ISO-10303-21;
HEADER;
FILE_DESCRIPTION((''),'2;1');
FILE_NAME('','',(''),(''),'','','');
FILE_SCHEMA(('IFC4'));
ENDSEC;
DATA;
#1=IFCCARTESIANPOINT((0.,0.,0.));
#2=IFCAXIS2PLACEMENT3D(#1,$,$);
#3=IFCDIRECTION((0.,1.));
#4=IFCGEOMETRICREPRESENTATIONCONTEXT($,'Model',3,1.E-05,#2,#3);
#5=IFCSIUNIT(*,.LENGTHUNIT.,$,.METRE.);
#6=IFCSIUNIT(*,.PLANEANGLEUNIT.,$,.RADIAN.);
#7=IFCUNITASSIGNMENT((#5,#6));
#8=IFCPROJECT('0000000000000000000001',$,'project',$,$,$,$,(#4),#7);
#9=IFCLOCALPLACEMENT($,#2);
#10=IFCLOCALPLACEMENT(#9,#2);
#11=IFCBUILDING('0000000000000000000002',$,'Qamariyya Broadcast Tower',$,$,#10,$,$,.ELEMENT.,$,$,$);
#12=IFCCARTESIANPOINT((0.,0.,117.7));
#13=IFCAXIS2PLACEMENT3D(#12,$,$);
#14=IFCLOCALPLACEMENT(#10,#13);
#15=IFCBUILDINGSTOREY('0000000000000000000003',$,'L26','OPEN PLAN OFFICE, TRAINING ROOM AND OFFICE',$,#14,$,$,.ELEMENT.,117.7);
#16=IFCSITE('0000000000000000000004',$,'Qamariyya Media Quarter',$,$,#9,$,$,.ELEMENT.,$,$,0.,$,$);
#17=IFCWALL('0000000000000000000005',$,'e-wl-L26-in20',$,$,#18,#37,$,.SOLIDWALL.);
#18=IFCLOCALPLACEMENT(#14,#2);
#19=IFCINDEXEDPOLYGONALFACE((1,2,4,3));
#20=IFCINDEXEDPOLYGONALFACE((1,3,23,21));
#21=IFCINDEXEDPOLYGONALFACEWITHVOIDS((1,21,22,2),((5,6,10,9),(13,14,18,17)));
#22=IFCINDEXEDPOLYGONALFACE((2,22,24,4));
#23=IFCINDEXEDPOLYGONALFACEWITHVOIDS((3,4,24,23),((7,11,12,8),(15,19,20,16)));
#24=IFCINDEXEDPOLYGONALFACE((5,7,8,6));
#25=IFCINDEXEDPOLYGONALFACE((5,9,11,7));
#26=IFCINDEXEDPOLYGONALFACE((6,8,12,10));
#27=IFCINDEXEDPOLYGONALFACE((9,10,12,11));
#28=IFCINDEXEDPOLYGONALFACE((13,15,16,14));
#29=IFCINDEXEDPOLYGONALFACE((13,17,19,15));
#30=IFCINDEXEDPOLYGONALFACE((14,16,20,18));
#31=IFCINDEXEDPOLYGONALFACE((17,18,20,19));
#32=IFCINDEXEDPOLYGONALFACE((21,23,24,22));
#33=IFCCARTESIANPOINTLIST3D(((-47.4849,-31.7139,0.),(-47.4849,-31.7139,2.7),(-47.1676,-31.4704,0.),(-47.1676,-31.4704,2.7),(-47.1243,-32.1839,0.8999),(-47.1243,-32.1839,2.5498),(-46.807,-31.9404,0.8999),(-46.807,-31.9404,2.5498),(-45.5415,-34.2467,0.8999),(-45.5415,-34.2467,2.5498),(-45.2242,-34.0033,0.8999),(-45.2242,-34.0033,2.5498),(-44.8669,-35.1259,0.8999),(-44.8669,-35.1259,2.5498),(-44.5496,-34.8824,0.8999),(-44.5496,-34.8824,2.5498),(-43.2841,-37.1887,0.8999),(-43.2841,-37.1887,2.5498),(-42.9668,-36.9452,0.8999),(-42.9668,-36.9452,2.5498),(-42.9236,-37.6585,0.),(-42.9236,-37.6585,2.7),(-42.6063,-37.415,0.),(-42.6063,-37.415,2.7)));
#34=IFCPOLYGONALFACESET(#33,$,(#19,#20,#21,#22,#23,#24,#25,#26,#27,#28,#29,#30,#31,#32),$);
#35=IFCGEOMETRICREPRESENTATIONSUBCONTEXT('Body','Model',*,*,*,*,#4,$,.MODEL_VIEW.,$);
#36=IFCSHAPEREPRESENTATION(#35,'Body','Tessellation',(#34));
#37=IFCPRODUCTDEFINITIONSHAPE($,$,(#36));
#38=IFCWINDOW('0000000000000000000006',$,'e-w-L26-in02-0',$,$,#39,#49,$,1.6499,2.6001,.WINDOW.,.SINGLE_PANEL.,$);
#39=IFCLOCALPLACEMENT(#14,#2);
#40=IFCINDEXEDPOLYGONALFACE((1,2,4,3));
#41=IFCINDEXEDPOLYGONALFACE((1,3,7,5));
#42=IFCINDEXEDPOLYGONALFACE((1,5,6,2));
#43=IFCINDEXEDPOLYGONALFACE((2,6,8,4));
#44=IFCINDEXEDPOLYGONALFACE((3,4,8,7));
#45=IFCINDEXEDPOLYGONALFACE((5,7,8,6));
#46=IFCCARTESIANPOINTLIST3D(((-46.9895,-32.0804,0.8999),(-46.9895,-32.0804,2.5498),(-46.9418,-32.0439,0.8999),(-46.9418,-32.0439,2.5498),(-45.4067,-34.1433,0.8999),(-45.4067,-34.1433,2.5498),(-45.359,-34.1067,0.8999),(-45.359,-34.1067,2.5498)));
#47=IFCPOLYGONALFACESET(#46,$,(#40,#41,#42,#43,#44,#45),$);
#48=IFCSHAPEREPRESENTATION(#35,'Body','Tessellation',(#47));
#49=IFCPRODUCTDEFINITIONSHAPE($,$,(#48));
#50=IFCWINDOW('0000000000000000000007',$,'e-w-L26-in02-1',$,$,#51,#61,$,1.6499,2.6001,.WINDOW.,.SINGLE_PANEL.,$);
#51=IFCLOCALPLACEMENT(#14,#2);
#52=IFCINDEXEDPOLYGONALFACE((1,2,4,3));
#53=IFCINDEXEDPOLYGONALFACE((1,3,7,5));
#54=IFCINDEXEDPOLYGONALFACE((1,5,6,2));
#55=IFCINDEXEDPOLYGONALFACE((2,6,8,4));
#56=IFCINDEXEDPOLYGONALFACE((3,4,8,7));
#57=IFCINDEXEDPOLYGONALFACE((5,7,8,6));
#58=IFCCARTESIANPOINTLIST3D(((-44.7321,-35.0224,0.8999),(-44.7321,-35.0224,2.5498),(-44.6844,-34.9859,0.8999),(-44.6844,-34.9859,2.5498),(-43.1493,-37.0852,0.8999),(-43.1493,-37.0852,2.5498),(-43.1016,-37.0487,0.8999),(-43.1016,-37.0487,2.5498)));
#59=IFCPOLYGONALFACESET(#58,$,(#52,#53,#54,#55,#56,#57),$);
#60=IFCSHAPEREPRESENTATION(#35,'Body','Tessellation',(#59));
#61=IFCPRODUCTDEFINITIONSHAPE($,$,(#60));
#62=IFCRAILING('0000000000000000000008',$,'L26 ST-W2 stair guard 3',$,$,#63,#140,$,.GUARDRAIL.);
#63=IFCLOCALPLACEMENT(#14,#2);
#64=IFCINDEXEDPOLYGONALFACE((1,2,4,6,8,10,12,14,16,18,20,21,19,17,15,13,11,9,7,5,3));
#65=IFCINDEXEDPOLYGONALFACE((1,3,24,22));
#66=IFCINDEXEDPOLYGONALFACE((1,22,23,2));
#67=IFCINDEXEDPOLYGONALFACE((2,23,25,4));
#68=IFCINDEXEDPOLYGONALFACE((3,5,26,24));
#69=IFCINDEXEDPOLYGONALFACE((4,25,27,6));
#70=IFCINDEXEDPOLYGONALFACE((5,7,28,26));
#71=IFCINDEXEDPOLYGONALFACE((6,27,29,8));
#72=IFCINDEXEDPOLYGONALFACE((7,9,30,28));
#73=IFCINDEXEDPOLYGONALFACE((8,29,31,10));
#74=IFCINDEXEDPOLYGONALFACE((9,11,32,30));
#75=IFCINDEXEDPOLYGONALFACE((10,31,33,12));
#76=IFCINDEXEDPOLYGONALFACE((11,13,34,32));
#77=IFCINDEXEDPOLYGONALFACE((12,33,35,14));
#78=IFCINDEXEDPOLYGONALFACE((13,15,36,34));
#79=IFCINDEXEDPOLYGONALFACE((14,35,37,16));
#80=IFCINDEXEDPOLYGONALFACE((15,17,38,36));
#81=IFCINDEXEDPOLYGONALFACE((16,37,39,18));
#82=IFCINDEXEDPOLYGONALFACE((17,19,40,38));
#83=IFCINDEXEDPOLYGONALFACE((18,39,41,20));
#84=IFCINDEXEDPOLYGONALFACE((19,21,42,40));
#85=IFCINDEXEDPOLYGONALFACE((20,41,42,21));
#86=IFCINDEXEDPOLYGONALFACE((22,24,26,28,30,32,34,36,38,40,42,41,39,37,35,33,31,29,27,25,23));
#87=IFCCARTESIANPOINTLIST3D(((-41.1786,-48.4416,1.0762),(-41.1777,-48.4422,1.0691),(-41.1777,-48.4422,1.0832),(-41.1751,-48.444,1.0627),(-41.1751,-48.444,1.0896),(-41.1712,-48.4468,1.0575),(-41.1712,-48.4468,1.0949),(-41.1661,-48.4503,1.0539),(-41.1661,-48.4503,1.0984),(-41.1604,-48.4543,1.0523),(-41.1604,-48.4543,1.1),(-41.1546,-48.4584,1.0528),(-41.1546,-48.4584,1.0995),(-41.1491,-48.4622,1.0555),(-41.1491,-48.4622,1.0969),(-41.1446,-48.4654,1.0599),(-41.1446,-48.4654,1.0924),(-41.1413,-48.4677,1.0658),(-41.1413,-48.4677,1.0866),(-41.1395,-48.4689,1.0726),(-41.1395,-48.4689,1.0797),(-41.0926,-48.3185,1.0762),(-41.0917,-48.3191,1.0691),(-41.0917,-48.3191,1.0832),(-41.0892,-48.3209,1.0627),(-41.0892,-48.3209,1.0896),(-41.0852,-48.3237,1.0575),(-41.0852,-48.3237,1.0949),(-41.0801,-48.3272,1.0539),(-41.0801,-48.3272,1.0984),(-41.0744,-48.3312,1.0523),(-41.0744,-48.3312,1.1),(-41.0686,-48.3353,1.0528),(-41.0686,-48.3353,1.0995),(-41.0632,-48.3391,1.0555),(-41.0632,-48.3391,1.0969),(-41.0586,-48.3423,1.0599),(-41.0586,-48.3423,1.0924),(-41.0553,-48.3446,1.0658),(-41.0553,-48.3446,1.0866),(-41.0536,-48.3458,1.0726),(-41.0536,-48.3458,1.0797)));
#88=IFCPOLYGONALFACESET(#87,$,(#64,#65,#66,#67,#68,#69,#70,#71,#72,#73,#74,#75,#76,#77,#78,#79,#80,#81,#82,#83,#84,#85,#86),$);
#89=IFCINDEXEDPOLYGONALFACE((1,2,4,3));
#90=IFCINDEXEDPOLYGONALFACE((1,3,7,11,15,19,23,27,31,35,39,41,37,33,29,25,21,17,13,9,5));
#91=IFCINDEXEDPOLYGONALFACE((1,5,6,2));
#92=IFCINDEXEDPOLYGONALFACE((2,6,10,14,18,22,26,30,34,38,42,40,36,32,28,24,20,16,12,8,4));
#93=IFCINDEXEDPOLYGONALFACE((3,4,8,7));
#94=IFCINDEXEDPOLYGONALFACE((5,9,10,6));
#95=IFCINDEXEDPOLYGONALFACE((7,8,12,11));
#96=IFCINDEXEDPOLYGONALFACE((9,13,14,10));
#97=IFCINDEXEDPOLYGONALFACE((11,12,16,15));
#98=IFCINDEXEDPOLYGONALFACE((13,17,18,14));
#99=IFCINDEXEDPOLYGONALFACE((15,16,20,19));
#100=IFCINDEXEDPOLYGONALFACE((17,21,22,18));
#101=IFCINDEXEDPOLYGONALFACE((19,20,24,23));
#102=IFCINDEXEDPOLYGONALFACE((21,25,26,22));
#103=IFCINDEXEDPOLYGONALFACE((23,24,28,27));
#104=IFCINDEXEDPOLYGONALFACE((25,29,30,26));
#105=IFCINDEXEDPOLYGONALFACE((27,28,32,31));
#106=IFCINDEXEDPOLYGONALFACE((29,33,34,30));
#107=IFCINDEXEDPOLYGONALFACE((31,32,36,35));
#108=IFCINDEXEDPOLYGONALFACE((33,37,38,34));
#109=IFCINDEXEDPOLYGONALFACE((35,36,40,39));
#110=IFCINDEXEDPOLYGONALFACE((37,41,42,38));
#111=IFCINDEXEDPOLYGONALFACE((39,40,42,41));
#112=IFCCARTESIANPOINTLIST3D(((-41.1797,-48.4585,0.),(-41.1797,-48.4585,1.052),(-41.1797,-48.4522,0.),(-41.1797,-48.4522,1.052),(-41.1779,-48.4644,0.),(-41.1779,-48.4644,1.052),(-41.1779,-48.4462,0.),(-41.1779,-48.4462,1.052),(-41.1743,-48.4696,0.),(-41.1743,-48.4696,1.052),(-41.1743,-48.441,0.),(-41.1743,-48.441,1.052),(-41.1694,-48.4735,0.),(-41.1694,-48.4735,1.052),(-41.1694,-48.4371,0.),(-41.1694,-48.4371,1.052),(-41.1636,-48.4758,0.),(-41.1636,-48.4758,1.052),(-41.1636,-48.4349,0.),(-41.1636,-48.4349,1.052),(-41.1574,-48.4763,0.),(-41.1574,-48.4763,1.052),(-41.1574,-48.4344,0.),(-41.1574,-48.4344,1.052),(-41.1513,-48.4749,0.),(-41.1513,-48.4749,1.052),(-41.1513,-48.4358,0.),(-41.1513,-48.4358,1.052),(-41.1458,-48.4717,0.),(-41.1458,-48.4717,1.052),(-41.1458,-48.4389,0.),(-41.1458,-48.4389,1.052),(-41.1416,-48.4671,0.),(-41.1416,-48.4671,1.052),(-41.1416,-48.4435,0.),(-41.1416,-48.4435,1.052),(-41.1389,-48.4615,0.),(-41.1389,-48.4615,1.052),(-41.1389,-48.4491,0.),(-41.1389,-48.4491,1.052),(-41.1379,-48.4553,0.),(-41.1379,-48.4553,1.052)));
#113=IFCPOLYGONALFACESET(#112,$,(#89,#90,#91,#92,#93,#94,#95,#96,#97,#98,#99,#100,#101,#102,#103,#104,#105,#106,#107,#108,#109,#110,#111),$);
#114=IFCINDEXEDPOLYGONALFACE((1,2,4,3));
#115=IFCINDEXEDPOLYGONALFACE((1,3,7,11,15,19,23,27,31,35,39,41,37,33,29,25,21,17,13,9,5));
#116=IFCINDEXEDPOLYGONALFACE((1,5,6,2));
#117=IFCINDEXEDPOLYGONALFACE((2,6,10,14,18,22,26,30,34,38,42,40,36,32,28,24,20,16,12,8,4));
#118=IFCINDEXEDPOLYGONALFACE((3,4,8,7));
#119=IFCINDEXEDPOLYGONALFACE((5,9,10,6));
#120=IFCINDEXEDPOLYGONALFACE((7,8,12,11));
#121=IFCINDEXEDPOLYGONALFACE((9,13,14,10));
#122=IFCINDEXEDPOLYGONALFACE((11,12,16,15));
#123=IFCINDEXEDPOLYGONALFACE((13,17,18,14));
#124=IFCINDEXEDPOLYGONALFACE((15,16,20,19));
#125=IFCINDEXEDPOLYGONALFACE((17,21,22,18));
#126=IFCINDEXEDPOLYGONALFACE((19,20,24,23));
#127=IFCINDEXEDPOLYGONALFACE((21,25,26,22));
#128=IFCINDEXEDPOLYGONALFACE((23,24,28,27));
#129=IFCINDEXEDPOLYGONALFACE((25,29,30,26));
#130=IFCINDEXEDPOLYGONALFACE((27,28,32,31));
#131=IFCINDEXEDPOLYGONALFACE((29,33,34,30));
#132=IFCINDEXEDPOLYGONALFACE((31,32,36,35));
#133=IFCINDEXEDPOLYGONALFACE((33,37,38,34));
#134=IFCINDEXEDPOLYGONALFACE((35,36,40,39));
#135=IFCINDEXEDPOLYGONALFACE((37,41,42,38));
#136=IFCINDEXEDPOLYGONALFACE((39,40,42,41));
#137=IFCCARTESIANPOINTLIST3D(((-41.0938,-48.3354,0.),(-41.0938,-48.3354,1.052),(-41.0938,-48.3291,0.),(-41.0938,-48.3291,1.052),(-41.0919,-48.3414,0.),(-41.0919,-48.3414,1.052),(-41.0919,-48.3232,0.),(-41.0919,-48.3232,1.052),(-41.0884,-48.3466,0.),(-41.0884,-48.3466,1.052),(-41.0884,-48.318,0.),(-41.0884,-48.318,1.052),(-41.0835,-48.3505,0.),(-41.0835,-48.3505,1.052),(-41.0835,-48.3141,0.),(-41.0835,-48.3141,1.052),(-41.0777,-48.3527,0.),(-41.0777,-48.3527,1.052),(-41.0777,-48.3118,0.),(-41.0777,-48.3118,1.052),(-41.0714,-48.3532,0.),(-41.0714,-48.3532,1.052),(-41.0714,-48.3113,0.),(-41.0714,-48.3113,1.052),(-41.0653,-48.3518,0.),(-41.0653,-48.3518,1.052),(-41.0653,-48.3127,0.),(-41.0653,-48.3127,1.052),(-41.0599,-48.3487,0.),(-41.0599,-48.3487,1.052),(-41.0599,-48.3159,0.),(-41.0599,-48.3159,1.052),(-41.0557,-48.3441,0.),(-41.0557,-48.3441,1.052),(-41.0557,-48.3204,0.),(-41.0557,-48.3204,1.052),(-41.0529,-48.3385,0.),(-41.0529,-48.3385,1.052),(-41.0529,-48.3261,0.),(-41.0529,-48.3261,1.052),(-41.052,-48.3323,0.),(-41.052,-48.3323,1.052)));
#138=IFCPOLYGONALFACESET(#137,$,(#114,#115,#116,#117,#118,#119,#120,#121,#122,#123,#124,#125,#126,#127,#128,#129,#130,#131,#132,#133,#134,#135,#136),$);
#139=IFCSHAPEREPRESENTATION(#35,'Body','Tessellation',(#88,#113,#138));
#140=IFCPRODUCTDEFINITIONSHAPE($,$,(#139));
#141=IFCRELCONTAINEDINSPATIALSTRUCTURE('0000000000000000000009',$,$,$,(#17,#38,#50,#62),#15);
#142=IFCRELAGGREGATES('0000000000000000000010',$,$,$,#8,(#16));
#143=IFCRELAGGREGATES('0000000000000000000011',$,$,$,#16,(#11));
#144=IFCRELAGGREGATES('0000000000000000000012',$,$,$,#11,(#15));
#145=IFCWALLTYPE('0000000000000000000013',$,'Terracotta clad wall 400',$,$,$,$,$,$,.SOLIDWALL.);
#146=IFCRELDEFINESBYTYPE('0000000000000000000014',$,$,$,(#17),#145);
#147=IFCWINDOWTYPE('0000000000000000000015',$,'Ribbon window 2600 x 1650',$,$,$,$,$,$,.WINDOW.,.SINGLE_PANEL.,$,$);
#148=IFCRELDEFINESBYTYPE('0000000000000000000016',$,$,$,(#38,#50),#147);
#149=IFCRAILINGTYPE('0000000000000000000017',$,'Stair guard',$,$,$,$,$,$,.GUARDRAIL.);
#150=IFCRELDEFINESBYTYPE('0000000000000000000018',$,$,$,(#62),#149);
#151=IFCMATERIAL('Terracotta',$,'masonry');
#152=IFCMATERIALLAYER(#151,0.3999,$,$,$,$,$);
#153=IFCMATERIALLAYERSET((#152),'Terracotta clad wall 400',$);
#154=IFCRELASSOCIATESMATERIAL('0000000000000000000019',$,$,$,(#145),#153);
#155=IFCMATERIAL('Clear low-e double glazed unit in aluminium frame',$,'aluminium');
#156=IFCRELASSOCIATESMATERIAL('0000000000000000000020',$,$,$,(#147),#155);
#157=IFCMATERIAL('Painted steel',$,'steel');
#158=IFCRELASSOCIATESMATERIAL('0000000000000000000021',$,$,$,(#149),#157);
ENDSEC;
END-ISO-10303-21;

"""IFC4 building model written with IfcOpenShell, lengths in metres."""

from ifc_helpers import new_model, si_unit, direction, frame, frame_2d, origin, origin_2d, place, context, subcontext, project, spatial, rectangle, circle, extrude, material, layer, layer_set, type_object, element, fill, save


model = new_model("IFC4")

# Units and contexts
model_context = context("Model", 3, precision=1e-05, world=origin(), true_north=direction((0.0, 1.0)))
body_context = subcontext(model_context, "Body", "Model", "MODEL_VIEW")
ifc_project = project(units=[si_unit("LENGTHUNIT", "METRE"), si_unit("PLANEANGLEUNIT", "RADIAN")], contexts=[model_context])

# Site, building, storey
site_placement = place(None, origin())
site = spatial("IfcSite", under=ifc_project, at=site_placement, Name="Qamariyya Media Quarter", CompositionType="ELEMENT", RefElevation=0.0)
building_placement = place(site_placement, origin())
building = spatial("IfcBuilding", under=site, at=building_placement, Name="Qamariyya Broadcast Tower", CompositionType="ELEMENT")
storey_placement = place(building_placement, frame((0.0, 0.0, 117.7)))
storey = spatial("IfcBuildingStorey", under=building, at=storey_placement, Name="L26", Description="OPEN PLAN OFFICE, TRAINING ROOM AND OFFICE", CompositionType="ELEMENT", Elevation=117.7)

# Shared definitions
ifc_material_1 = material(Name="Terracotta", Category="masonry")
ifc_layer_1 = layer(ifc_material_1, 0.3999)
ifc_layer_set_1 = layer_set([ifc_layer_1], Name="Terracotta clad wall 400")
wall_type_1 = type_object("IfcWallType", Name="Terracotta clad wall 400", PredefinedType="SOLIDWALL", material=ifc_layer_set_1)
ifc_material_2 = material(Name="Clear low-e double glazed unit in aluminium frame", Category="aluminium")

# Wall, openings, windows
window_type_1 = type_object("IfcWindowType", Name="Ribbon window 2600 x 1650", PartitioningType="SINGLE_PANEL", PredefinedType="WINDOW", material=ifc_material_2)
wall_1_placement = place(storey_placement, frame((-42.7649, -37.5369, 0.0), z_axis=(0.0, 0.0, 1.0), x_axis=(-0.608748, 0.793363, 0.0)))
wall_1 = element("IfcWall", 1, at=wall_1_placement, inside=storey, type_object=wall_type_1, Name="e-wl-L26-in20", PredefinedType="SOLIDWALL", context=body_context, shape_type="SweptSolid", body=[
    extrude(rectangle(XDim=7.4929, YDim=0.3999, at=frame_2d((3.7466, 0.0))), origin(), (0.0, 0.0, 1.0), 2.7),
])
opening_1_placement = place(wall_1_placement, frame((4.3005, 0.0, 0.8999)))
opening_1 = element("IfcOpeningElement", 2, at=opening_1_placement, cuts=wall_1, PredefinedType="OPENING", context=body_context, shape_type="SweptSolid", body=[
    extrude(rectangle(XDim=2.6001, YDim=1.6499, at=frame_2d((1.3, 0.825))), frame((0.0, 0.21, 0.0), z_axis=(0.0, -1.0, 0.0), x_axis=(1.0, 0.0, 0.0)), (0.0, 0.0, 1.0), 0.4199),
])
opening_2_placement = place(wall_1_placement, frame((0.5923, 0.0, 0.8999)))
opening_2 = element("IfcOpeningElement", 3, at=opening_2_placement, cuts=wall_1, PredefinedType="OPENING", context=body_context, shape_type="SweptSolid", body=[
    extrude(rectangle(XDim=2.6001, YDim=1.6499, at=frame_2d((1.3, 0.825))), frame((0.0, 0.21, 0.0), z_axis=(0.0, -1.0, 0.0), x_axis=(1.0, 0.0, 0.0)), (0.0, 0.0, 1.0), 0.4199),
])
window_1_placement = place(opening_1_placement, origin())
window_1 = element("IfcWindow", 4, at=window_1_placement, inside=storey, type_object=window_type_1, Name="e-w-L26-in02-0", OverallHeight=1.6499, OverallWidth=2.6001, PartitioningType="SINGLE_PANEL", PredefinedType="WINDOW", context=body_context, shape_type="SweptSolid", body=[
    extrude(rectangle(XDim=2.6001, YDim=1.6499, at=frame_2d((1.3, 0.825))), frame((0.0, 0.03, 0.0), z_axis=(0.0, -1.0, 0.0), x_axis=(1.0, 0.0, 0.0)), (0.0, 0.0, 1.0), 0.0601),
])
fill(opening_1, window_1)
window_2_placement = place(opening_2_placement, origin())
window_2 = element("IfcWindow", 5, at=window_2_placement, inside=storey, type_object=window_type_1, Name="e-w-L26-in02-1", OverallHeight=1.6499, OverallWidth=2.6001, PartitioningType="SINGLE_PANEL", PredefinedType="WINDOW", context=body_context, shape_type="SweptSolid", body=[
    extrude(rectangle(XDim=2.6001, YDim=1.6499, at=frame_2d((1.3, 0.825))), frame((0.0, 0.03, 0.0), z_axis=(0.0, -1.0, 0.0), x_axis=(1.0, 0.0, 0.0)), (0.0, 0.0, 1.0), 0.0601),
])
fill(opening_2, window_2)

# Railing
ifc_material_3 = material(Name="Painted steel", Category="steel")
railing_type = type_object("IfcRailingType", Name="Stair guard", PredefinedType="GUARDRAIL", material=ifc_material_3)
railing_1_placement = place(storey_placement, frame((-41.1589, -48.4553, 0.0)))
element("IfcRailing", 6, at=railing_1_placement, inside=storey, type_object=railing_type, Name="L26 ST-W2 stair guard 3", PredefinedType="GUARDRAIL", context=body_context, shape_type="SweptSolid", body=[
    extrude(circle(Radius=0.0239, at=origin_2d()), frame((0.0, 0.0, 1.0762), z_axis=(0.572589, 0.819843, 0.0), x_axis=(-0.819843, 0.572589, 0.0)), (0.0, 0.0, 1.0), 0.1501),
    extrude(circle(Radius=0.021, at=origin_2d()), origin(), (0.0, 0.0, 1.0), 1.052),
    extrude(circle(Radius=0.021, at=origin_2d()), frame((0.0859, 0.123, 0.0)), (0.0, 0.0, 1.0), 1.052),
])

save(model, "model.ifc")
